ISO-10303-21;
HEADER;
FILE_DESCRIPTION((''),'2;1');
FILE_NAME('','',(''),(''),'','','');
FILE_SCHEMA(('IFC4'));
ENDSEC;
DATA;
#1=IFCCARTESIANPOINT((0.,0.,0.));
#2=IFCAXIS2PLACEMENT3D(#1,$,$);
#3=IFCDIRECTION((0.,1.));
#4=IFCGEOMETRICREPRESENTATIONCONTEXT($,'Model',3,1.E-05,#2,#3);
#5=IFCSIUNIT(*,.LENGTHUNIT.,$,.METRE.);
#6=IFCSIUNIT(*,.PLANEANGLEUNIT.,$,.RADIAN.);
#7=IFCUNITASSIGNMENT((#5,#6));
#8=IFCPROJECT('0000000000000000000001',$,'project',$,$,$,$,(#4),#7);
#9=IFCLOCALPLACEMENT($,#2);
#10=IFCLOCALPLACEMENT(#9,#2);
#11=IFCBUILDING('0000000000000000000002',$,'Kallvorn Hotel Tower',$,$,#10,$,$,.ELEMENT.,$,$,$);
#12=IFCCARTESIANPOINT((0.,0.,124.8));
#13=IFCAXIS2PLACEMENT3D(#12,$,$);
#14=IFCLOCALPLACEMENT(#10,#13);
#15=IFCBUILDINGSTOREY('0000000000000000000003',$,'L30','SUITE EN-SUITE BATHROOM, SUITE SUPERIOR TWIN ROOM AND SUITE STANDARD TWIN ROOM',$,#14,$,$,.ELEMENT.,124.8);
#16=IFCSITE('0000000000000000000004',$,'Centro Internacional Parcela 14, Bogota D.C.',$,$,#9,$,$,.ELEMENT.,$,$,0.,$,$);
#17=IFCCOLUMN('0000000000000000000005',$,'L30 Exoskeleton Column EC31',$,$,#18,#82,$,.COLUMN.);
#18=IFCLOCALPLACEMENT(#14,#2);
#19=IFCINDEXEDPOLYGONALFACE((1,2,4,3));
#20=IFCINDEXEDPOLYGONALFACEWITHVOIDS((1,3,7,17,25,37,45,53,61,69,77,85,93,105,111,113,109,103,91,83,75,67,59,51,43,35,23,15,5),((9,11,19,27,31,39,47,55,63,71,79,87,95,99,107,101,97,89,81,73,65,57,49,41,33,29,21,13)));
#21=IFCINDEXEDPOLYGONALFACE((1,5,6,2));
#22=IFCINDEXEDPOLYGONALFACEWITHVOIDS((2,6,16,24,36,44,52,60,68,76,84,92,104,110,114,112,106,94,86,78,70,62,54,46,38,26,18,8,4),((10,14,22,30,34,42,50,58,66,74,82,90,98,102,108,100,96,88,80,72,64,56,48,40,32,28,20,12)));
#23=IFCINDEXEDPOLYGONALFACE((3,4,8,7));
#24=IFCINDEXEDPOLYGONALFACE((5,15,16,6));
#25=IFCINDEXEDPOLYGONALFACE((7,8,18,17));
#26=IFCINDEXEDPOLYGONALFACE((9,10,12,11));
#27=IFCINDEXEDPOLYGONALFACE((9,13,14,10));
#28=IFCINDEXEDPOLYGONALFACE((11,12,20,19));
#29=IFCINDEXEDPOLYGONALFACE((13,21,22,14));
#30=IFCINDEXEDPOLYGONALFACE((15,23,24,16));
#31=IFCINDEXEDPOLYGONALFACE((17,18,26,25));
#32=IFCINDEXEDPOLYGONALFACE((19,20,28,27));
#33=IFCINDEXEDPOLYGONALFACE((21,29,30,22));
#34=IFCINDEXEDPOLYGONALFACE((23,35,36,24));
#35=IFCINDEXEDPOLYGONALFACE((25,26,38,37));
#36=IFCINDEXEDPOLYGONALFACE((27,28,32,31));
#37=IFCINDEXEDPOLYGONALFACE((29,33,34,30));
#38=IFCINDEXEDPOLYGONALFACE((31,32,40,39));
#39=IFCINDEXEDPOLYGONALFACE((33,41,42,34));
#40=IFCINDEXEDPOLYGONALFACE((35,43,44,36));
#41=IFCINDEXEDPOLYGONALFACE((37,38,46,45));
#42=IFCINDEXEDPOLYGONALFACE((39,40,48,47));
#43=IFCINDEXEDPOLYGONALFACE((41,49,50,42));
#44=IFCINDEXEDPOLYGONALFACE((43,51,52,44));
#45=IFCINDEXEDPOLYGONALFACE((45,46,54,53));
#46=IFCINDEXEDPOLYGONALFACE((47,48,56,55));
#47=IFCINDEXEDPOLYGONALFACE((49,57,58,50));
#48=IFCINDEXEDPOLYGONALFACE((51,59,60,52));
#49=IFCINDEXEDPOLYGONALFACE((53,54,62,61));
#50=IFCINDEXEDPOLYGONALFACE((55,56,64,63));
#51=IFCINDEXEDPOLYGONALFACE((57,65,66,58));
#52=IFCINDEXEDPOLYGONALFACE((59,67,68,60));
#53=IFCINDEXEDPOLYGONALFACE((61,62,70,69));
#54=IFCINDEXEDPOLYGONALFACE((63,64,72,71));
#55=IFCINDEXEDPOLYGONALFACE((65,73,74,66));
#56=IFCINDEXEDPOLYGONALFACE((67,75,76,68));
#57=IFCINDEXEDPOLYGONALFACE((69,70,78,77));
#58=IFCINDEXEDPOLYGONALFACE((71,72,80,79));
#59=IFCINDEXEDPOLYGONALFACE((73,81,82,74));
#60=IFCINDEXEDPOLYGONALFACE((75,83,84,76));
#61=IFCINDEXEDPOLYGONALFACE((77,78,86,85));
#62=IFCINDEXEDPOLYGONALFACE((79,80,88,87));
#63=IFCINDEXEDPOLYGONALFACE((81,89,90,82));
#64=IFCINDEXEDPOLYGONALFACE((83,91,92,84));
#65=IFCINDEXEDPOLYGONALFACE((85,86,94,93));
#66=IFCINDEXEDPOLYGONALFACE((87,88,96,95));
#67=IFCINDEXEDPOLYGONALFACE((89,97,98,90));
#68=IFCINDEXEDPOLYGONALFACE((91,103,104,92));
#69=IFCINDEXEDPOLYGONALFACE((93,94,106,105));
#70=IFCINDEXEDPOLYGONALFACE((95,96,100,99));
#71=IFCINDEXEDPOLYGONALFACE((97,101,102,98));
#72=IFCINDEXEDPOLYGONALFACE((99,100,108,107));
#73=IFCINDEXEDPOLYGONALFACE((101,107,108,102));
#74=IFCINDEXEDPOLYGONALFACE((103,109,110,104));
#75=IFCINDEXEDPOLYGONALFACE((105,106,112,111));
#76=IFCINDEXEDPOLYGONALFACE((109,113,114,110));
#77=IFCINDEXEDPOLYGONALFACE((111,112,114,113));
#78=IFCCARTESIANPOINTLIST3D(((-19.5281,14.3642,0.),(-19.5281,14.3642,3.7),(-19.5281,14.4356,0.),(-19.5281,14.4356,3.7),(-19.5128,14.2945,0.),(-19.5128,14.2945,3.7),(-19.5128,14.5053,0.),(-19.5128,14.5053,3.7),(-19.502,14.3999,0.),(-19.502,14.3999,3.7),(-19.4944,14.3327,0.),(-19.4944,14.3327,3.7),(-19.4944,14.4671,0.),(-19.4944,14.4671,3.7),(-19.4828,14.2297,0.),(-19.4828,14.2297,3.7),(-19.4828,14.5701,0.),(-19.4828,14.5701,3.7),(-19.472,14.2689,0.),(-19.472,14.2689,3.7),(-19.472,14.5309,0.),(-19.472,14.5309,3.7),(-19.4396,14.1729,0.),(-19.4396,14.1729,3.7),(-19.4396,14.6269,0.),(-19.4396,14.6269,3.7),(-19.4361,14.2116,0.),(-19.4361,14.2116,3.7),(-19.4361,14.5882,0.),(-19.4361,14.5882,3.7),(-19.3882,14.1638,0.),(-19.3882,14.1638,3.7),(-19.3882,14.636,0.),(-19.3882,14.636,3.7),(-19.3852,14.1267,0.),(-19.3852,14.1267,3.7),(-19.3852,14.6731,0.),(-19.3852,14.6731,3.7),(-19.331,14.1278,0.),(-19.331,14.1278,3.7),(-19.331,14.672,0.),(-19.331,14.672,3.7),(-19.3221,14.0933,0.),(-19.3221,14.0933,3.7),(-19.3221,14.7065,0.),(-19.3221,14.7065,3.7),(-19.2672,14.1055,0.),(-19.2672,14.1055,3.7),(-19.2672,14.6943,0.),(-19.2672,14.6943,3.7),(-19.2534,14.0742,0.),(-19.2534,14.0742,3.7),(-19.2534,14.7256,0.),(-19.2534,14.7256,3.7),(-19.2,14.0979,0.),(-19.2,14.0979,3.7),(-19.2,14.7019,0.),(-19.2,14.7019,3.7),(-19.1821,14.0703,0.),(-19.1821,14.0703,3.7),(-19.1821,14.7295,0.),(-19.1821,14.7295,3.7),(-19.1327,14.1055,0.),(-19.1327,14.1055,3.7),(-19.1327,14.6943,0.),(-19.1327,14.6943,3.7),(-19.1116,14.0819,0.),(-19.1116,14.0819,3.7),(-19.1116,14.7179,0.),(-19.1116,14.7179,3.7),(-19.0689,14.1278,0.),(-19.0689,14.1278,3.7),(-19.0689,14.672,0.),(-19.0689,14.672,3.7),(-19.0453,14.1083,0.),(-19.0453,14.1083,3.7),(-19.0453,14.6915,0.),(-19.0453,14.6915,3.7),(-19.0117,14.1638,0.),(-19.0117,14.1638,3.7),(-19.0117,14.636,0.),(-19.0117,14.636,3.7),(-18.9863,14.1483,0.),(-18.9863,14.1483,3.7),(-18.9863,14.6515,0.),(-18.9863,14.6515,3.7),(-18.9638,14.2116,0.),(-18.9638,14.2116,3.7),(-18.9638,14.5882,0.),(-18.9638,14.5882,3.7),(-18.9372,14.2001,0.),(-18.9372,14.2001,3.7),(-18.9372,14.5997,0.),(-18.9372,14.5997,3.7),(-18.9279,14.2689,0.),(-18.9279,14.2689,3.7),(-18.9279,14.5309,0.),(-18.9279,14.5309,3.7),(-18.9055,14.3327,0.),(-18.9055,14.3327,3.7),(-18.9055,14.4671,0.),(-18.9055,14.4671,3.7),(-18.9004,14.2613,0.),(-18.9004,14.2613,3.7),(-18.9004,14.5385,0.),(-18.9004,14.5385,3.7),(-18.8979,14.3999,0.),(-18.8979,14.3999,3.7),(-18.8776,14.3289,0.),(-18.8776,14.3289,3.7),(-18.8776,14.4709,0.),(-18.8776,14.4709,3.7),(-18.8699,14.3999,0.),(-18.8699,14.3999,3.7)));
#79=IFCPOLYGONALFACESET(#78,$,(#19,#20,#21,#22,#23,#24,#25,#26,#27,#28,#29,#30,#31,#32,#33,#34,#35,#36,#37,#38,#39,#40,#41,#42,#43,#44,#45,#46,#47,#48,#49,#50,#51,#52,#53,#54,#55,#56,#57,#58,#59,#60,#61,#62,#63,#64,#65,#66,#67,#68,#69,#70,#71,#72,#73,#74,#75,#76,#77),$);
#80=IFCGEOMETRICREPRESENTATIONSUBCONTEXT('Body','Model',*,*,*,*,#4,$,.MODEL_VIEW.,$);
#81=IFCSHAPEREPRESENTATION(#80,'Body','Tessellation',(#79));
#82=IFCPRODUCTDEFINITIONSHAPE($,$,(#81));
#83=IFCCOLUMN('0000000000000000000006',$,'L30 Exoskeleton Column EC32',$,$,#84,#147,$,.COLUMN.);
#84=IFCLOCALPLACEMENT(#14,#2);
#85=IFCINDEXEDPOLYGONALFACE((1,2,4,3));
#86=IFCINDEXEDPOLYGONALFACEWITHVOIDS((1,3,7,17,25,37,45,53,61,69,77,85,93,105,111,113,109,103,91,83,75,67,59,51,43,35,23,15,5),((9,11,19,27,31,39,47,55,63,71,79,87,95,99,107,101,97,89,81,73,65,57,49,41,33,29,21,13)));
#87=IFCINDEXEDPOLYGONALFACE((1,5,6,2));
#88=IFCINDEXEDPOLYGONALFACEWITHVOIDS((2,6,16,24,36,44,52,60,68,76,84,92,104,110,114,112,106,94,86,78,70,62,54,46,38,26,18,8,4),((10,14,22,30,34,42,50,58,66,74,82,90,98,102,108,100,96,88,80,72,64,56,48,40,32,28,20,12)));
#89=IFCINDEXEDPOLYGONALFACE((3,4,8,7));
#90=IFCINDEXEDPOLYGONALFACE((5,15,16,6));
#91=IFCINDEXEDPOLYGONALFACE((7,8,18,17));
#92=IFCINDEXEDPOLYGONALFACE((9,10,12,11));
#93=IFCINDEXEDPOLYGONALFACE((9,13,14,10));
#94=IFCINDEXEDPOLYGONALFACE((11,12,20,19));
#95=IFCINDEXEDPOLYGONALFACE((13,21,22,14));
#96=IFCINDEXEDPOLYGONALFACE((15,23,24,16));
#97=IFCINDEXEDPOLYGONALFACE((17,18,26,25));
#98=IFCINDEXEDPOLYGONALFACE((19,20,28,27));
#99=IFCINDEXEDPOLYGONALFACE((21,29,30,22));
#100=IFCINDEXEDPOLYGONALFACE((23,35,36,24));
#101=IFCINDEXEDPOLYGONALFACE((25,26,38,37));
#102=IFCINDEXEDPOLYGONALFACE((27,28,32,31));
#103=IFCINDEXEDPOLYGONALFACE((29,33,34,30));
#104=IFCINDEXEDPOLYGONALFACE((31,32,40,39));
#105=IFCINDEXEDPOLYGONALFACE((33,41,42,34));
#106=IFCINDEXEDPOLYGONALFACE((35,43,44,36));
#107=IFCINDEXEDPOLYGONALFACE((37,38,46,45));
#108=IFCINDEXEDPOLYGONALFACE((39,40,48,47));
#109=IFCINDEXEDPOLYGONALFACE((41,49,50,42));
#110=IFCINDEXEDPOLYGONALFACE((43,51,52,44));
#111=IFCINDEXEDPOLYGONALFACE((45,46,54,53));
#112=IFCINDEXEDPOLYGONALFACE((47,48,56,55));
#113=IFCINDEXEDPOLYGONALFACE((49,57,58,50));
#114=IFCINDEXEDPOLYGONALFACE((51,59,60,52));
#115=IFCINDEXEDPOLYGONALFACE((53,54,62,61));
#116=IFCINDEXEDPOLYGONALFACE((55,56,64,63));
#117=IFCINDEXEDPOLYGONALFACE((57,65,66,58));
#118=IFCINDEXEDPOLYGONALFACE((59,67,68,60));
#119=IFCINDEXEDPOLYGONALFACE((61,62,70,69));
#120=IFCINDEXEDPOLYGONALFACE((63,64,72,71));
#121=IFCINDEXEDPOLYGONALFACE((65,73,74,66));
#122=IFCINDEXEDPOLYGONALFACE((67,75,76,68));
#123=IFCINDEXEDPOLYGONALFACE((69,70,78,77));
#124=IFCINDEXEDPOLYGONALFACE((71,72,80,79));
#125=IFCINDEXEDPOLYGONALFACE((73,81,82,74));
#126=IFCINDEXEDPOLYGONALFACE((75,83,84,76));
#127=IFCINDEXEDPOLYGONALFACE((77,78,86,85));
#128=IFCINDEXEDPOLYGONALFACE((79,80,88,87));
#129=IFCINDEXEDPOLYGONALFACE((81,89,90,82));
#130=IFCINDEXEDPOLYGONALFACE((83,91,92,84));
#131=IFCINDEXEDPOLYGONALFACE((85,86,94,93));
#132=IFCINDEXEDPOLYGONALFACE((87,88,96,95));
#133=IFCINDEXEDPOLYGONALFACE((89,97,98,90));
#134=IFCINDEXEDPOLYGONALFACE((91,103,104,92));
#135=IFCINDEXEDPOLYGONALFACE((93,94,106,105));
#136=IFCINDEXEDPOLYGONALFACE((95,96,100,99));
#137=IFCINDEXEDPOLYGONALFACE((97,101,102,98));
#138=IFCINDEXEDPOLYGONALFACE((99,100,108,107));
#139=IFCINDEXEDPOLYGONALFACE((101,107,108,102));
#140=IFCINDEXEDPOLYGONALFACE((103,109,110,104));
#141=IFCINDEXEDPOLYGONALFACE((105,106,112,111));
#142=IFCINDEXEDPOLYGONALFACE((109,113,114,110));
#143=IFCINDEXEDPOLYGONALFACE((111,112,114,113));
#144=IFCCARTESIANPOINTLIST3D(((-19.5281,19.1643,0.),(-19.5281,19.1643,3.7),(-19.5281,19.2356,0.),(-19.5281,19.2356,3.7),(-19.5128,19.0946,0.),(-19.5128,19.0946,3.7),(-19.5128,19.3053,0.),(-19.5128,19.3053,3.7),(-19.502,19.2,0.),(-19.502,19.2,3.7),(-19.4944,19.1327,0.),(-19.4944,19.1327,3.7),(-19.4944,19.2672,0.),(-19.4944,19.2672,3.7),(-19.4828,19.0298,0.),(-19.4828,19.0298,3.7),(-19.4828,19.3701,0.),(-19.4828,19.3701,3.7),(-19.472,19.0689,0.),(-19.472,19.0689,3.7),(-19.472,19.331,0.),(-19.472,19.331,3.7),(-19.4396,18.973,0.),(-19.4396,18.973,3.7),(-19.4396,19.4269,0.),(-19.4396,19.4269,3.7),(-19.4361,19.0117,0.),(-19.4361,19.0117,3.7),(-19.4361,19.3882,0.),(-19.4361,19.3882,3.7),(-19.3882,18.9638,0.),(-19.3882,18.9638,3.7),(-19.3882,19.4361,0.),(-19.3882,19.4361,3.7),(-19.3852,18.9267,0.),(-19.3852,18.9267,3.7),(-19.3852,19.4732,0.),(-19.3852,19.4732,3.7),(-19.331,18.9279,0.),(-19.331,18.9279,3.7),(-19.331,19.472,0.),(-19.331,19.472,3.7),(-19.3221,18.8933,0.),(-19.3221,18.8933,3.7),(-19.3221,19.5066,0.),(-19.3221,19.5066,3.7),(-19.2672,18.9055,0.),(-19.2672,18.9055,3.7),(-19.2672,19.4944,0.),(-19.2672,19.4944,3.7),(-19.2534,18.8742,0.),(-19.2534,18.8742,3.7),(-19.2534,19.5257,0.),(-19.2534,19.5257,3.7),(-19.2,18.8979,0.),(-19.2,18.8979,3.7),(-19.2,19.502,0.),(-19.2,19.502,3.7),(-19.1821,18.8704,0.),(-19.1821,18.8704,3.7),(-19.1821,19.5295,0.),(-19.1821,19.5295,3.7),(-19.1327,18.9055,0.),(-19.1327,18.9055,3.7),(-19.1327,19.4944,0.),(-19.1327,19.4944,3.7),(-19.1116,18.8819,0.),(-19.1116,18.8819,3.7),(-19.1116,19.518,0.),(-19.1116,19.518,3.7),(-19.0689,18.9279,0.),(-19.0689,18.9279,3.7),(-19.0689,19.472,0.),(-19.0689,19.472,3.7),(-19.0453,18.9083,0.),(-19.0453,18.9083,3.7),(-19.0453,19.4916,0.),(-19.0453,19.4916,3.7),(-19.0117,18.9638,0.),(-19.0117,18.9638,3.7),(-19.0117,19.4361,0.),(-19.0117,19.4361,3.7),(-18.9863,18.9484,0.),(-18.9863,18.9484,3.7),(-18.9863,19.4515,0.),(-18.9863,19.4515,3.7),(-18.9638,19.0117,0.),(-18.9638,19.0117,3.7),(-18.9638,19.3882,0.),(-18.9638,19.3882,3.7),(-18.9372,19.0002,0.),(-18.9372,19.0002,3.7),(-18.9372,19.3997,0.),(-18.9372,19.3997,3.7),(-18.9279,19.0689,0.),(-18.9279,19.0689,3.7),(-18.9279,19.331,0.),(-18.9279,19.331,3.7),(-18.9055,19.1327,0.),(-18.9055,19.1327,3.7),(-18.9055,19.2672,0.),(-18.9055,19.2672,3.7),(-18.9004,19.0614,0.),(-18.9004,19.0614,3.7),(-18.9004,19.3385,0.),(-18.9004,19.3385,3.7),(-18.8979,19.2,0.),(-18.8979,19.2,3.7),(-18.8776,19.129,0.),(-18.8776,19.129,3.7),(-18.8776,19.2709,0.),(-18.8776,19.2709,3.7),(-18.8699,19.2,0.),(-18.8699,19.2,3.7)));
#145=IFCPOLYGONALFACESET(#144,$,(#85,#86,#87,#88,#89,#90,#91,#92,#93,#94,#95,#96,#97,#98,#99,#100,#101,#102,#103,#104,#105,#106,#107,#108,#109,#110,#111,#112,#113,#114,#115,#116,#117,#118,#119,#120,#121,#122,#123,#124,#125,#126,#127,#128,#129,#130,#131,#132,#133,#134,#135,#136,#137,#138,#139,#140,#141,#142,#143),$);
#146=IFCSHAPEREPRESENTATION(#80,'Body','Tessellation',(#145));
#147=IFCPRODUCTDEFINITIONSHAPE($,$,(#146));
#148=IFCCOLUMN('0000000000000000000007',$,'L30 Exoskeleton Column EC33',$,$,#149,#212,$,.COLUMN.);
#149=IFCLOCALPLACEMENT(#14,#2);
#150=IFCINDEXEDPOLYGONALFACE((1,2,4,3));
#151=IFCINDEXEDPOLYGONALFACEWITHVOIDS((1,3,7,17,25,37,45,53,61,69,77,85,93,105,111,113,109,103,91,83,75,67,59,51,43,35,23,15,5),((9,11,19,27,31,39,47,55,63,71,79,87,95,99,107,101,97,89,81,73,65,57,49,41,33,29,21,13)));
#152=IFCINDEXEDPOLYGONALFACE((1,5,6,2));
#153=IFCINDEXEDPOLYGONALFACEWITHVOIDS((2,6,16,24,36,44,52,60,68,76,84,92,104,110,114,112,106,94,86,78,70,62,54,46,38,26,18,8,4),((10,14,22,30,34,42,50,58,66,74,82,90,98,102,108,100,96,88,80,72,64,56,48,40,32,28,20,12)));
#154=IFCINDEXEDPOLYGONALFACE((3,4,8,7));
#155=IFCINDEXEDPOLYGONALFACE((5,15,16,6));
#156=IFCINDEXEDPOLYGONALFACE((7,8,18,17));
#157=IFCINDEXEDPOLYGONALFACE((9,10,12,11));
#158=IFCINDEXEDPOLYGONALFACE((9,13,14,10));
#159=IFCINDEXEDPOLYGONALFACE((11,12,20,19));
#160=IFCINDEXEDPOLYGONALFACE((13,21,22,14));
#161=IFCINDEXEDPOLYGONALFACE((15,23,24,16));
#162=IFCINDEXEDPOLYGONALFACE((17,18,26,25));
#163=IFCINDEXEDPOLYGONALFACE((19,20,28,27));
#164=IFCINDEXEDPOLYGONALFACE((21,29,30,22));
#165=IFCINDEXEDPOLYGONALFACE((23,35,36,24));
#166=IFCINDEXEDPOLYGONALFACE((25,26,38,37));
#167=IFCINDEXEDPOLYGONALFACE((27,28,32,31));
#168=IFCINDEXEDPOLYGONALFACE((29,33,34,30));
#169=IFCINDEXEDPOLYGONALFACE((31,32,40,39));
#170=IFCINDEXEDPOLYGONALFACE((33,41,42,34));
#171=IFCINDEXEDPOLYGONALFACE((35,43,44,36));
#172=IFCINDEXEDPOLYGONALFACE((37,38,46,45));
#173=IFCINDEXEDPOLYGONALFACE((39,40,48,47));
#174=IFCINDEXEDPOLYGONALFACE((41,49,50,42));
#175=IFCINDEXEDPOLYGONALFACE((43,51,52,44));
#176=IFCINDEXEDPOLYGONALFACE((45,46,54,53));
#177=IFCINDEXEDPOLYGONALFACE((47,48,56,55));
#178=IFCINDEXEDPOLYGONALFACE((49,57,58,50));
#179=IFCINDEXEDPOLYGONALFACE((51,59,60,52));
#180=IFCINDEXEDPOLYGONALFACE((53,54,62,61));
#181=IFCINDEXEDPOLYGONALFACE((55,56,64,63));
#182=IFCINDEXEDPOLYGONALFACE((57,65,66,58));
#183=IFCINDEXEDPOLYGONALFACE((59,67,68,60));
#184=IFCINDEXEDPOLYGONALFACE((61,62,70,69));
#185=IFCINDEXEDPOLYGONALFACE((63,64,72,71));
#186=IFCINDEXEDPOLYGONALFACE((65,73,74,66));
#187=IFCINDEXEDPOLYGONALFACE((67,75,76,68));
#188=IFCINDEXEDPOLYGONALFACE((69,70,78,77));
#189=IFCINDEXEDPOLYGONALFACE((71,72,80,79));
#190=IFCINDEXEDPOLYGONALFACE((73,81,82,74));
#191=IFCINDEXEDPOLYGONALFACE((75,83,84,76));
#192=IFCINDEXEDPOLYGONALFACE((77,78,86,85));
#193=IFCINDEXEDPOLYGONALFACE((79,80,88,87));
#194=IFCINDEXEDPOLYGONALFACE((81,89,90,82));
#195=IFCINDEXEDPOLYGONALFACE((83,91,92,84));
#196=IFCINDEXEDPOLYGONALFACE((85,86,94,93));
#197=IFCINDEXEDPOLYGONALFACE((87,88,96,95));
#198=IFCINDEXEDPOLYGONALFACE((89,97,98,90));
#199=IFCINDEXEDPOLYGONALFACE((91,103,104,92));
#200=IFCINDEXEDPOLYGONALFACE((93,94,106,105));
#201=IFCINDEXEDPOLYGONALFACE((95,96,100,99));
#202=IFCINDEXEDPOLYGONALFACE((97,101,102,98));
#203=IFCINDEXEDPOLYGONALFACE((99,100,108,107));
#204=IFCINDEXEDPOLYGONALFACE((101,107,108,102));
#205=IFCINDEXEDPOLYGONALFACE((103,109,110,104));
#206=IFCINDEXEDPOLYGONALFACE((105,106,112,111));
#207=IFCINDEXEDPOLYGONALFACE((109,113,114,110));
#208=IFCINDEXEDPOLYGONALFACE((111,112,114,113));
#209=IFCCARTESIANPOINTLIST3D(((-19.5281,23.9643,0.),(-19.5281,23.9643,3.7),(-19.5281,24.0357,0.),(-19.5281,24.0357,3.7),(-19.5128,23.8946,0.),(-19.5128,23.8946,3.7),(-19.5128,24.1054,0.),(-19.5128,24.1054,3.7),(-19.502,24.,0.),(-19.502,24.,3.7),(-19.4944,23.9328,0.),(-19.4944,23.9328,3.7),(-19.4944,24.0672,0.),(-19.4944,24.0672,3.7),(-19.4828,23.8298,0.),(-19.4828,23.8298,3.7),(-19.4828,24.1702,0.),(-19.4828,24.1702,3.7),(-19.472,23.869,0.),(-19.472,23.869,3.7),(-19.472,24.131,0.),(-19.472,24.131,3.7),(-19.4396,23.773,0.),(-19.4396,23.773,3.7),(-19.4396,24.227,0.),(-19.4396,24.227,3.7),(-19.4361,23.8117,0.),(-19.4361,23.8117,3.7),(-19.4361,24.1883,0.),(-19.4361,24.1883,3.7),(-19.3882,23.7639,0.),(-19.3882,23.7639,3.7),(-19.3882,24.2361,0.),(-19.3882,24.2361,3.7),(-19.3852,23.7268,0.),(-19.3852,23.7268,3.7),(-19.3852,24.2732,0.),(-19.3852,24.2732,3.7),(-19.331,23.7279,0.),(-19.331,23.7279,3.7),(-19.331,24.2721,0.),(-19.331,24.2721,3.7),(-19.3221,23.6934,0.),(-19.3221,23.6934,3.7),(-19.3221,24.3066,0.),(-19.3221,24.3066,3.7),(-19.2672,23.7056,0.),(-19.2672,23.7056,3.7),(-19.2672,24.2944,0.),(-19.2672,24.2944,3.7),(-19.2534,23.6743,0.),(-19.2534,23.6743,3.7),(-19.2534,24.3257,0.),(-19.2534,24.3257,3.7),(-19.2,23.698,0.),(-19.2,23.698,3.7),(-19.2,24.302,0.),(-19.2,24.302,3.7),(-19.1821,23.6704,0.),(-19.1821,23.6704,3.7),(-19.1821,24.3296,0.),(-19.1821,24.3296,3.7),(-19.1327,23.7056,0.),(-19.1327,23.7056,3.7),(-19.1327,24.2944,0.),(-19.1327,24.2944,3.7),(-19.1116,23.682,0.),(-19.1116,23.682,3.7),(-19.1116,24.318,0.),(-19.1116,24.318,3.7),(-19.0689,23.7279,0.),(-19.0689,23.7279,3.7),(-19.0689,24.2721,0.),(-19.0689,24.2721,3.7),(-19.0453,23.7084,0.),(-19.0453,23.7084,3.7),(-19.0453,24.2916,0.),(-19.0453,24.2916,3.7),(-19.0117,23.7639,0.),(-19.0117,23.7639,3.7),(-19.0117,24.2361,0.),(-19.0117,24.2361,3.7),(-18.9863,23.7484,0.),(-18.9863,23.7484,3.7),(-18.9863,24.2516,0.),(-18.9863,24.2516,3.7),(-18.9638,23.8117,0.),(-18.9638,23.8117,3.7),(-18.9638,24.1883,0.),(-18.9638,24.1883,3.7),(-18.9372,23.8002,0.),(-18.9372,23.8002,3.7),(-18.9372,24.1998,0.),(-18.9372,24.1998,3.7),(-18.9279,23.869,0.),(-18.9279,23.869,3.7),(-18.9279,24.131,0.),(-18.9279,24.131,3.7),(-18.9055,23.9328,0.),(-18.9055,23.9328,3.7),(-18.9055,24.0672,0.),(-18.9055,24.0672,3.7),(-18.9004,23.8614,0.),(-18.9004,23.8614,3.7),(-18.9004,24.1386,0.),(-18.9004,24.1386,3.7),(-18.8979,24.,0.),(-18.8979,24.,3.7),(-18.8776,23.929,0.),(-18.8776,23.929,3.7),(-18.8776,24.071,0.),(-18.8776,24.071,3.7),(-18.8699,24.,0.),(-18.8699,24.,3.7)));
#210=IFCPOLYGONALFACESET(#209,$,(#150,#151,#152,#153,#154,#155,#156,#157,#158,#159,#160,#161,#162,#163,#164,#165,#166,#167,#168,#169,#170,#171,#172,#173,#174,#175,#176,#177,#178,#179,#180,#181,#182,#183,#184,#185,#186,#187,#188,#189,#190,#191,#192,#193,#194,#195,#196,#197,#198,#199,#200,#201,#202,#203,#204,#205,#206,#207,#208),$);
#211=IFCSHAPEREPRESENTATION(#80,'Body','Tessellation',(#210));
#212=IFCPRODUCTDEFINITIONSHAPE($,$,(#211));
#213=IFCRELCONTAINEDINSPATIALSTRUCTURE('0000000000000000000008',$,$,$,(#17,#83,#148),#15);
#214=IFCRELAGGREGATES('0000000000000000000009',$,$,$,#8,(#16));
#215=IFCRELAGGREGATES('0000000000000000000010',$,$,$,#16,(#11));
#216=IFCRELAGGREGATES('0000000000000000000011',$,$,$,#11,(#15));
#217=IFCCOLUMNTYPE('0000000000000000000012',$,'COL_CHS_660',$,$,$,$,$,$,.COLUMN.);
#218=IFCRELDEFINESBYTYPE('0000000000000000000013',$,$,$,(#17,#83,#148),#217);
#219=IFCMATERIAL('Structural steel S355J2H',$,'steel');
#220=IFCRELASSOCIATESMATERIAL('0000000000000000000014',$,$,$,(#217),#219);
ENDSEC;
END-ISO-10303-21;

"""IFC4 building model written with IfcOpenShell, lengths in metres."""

from ifc_helpers import new_model, si_unit, direction, frame, origin, origin_2d, place, context, subcontext, project, spatial, hollow_circle, extrude, material, material_profile, profile_set, type_object, element, save


model = new_model("IFC4")

# Units and contexts
model_context = context("Model", 3, precision=1e-05, world=origin(), true_north=direction((0.0, 1.0)))
body_context = subcontext(model_context, "Body", "Model", "MODEL_VIEW")
ifc_project = project(units=[si_unit("LENGTHUNIT", "METRE"), si_unit("PLANEANGLEUNIT", "RADIAN")], contexts=[model_context])

# Site, building, storey
site_placement = place(None, origin())
site = spatial("IfcSite", under=ifc_project, at=site_placement, Name="Centro Internacional Parcela 14, Bogota D.C.", CompositionType="ELEMENT", RefElevation=0.0)
building_placement = place(site_placement, origin())
building = spatial("IfcBuilding", under=site, at=building_placement, Name="Kallvorn Hotel Tower", CompositionType="ELEMENT")
storey_placement = place(building_placement, frame((0.0, 0.0, 124.8)))
storey = spatial("IfcBuildingStorey", under=building, at=storey_placement, Name="L30", Description="SUITE EN-SUITE BATHROOM, SUITE SUPERIOR TWIN ROOM AND SUITE STANDARD TWIN ROOM", CompositionType="ELEMENT", Elevation=124.8)

# Columns
ifc_material_1 = material(Name="Structural steel S355J2H", Category="steel")
ifc_material_profile_1 = material_profile(ifc_material_1, hollow_circle(Radius=0.3301, WallThickness=0.0281, at=origin_2d()), Name="CHS 660x28")
ifc_profile_set_1 = profile_set([ifc_material_profile_1], Name="Structural steel S355J2H")
column_type_1 = type_object("IfcColumnType", Name="COL_CHS_660", PredefinedType="COLUMN", material=ifc_profile_set_1)
for number, where, z_axis, x_axis, name in (
    (1, (-19.2, 14.3999, 0.0), (0.0, 0.0, 1.0), (1.0, 0.0, 0.0), "L30 Exoskeleton Column EC31"),
    (2, (-19.2, 19.2, 0.0), (0.0, 0.0, 1.0), (1.0, 0.0, 0.0), "L30 Exoskeleton Column EC32"),
    (3, (-19.2, 24.0, 0.0), (0.0, 0.0, 1.0), (1.0, 0.0, 0.0), "L30 Exoskeleton Column EC33"),
):
    element("IfcColumn", number, at=place(storey_placement, frame(where, z_axis=z_axis, x_axis=x_axis)), inside=storey, type_object=column_type_1, Name=name, PredefinedType="COLUMN", context=body_context, shape_type="SweptSolid", body=[
        extrude(hollow_circle(Radius=0.3301, WallThickness=0.0281, at=origin_2d()), origin(), (0.0, 0.0, 1.0), 3.7),
    ])

save(model, "model.ifc")
